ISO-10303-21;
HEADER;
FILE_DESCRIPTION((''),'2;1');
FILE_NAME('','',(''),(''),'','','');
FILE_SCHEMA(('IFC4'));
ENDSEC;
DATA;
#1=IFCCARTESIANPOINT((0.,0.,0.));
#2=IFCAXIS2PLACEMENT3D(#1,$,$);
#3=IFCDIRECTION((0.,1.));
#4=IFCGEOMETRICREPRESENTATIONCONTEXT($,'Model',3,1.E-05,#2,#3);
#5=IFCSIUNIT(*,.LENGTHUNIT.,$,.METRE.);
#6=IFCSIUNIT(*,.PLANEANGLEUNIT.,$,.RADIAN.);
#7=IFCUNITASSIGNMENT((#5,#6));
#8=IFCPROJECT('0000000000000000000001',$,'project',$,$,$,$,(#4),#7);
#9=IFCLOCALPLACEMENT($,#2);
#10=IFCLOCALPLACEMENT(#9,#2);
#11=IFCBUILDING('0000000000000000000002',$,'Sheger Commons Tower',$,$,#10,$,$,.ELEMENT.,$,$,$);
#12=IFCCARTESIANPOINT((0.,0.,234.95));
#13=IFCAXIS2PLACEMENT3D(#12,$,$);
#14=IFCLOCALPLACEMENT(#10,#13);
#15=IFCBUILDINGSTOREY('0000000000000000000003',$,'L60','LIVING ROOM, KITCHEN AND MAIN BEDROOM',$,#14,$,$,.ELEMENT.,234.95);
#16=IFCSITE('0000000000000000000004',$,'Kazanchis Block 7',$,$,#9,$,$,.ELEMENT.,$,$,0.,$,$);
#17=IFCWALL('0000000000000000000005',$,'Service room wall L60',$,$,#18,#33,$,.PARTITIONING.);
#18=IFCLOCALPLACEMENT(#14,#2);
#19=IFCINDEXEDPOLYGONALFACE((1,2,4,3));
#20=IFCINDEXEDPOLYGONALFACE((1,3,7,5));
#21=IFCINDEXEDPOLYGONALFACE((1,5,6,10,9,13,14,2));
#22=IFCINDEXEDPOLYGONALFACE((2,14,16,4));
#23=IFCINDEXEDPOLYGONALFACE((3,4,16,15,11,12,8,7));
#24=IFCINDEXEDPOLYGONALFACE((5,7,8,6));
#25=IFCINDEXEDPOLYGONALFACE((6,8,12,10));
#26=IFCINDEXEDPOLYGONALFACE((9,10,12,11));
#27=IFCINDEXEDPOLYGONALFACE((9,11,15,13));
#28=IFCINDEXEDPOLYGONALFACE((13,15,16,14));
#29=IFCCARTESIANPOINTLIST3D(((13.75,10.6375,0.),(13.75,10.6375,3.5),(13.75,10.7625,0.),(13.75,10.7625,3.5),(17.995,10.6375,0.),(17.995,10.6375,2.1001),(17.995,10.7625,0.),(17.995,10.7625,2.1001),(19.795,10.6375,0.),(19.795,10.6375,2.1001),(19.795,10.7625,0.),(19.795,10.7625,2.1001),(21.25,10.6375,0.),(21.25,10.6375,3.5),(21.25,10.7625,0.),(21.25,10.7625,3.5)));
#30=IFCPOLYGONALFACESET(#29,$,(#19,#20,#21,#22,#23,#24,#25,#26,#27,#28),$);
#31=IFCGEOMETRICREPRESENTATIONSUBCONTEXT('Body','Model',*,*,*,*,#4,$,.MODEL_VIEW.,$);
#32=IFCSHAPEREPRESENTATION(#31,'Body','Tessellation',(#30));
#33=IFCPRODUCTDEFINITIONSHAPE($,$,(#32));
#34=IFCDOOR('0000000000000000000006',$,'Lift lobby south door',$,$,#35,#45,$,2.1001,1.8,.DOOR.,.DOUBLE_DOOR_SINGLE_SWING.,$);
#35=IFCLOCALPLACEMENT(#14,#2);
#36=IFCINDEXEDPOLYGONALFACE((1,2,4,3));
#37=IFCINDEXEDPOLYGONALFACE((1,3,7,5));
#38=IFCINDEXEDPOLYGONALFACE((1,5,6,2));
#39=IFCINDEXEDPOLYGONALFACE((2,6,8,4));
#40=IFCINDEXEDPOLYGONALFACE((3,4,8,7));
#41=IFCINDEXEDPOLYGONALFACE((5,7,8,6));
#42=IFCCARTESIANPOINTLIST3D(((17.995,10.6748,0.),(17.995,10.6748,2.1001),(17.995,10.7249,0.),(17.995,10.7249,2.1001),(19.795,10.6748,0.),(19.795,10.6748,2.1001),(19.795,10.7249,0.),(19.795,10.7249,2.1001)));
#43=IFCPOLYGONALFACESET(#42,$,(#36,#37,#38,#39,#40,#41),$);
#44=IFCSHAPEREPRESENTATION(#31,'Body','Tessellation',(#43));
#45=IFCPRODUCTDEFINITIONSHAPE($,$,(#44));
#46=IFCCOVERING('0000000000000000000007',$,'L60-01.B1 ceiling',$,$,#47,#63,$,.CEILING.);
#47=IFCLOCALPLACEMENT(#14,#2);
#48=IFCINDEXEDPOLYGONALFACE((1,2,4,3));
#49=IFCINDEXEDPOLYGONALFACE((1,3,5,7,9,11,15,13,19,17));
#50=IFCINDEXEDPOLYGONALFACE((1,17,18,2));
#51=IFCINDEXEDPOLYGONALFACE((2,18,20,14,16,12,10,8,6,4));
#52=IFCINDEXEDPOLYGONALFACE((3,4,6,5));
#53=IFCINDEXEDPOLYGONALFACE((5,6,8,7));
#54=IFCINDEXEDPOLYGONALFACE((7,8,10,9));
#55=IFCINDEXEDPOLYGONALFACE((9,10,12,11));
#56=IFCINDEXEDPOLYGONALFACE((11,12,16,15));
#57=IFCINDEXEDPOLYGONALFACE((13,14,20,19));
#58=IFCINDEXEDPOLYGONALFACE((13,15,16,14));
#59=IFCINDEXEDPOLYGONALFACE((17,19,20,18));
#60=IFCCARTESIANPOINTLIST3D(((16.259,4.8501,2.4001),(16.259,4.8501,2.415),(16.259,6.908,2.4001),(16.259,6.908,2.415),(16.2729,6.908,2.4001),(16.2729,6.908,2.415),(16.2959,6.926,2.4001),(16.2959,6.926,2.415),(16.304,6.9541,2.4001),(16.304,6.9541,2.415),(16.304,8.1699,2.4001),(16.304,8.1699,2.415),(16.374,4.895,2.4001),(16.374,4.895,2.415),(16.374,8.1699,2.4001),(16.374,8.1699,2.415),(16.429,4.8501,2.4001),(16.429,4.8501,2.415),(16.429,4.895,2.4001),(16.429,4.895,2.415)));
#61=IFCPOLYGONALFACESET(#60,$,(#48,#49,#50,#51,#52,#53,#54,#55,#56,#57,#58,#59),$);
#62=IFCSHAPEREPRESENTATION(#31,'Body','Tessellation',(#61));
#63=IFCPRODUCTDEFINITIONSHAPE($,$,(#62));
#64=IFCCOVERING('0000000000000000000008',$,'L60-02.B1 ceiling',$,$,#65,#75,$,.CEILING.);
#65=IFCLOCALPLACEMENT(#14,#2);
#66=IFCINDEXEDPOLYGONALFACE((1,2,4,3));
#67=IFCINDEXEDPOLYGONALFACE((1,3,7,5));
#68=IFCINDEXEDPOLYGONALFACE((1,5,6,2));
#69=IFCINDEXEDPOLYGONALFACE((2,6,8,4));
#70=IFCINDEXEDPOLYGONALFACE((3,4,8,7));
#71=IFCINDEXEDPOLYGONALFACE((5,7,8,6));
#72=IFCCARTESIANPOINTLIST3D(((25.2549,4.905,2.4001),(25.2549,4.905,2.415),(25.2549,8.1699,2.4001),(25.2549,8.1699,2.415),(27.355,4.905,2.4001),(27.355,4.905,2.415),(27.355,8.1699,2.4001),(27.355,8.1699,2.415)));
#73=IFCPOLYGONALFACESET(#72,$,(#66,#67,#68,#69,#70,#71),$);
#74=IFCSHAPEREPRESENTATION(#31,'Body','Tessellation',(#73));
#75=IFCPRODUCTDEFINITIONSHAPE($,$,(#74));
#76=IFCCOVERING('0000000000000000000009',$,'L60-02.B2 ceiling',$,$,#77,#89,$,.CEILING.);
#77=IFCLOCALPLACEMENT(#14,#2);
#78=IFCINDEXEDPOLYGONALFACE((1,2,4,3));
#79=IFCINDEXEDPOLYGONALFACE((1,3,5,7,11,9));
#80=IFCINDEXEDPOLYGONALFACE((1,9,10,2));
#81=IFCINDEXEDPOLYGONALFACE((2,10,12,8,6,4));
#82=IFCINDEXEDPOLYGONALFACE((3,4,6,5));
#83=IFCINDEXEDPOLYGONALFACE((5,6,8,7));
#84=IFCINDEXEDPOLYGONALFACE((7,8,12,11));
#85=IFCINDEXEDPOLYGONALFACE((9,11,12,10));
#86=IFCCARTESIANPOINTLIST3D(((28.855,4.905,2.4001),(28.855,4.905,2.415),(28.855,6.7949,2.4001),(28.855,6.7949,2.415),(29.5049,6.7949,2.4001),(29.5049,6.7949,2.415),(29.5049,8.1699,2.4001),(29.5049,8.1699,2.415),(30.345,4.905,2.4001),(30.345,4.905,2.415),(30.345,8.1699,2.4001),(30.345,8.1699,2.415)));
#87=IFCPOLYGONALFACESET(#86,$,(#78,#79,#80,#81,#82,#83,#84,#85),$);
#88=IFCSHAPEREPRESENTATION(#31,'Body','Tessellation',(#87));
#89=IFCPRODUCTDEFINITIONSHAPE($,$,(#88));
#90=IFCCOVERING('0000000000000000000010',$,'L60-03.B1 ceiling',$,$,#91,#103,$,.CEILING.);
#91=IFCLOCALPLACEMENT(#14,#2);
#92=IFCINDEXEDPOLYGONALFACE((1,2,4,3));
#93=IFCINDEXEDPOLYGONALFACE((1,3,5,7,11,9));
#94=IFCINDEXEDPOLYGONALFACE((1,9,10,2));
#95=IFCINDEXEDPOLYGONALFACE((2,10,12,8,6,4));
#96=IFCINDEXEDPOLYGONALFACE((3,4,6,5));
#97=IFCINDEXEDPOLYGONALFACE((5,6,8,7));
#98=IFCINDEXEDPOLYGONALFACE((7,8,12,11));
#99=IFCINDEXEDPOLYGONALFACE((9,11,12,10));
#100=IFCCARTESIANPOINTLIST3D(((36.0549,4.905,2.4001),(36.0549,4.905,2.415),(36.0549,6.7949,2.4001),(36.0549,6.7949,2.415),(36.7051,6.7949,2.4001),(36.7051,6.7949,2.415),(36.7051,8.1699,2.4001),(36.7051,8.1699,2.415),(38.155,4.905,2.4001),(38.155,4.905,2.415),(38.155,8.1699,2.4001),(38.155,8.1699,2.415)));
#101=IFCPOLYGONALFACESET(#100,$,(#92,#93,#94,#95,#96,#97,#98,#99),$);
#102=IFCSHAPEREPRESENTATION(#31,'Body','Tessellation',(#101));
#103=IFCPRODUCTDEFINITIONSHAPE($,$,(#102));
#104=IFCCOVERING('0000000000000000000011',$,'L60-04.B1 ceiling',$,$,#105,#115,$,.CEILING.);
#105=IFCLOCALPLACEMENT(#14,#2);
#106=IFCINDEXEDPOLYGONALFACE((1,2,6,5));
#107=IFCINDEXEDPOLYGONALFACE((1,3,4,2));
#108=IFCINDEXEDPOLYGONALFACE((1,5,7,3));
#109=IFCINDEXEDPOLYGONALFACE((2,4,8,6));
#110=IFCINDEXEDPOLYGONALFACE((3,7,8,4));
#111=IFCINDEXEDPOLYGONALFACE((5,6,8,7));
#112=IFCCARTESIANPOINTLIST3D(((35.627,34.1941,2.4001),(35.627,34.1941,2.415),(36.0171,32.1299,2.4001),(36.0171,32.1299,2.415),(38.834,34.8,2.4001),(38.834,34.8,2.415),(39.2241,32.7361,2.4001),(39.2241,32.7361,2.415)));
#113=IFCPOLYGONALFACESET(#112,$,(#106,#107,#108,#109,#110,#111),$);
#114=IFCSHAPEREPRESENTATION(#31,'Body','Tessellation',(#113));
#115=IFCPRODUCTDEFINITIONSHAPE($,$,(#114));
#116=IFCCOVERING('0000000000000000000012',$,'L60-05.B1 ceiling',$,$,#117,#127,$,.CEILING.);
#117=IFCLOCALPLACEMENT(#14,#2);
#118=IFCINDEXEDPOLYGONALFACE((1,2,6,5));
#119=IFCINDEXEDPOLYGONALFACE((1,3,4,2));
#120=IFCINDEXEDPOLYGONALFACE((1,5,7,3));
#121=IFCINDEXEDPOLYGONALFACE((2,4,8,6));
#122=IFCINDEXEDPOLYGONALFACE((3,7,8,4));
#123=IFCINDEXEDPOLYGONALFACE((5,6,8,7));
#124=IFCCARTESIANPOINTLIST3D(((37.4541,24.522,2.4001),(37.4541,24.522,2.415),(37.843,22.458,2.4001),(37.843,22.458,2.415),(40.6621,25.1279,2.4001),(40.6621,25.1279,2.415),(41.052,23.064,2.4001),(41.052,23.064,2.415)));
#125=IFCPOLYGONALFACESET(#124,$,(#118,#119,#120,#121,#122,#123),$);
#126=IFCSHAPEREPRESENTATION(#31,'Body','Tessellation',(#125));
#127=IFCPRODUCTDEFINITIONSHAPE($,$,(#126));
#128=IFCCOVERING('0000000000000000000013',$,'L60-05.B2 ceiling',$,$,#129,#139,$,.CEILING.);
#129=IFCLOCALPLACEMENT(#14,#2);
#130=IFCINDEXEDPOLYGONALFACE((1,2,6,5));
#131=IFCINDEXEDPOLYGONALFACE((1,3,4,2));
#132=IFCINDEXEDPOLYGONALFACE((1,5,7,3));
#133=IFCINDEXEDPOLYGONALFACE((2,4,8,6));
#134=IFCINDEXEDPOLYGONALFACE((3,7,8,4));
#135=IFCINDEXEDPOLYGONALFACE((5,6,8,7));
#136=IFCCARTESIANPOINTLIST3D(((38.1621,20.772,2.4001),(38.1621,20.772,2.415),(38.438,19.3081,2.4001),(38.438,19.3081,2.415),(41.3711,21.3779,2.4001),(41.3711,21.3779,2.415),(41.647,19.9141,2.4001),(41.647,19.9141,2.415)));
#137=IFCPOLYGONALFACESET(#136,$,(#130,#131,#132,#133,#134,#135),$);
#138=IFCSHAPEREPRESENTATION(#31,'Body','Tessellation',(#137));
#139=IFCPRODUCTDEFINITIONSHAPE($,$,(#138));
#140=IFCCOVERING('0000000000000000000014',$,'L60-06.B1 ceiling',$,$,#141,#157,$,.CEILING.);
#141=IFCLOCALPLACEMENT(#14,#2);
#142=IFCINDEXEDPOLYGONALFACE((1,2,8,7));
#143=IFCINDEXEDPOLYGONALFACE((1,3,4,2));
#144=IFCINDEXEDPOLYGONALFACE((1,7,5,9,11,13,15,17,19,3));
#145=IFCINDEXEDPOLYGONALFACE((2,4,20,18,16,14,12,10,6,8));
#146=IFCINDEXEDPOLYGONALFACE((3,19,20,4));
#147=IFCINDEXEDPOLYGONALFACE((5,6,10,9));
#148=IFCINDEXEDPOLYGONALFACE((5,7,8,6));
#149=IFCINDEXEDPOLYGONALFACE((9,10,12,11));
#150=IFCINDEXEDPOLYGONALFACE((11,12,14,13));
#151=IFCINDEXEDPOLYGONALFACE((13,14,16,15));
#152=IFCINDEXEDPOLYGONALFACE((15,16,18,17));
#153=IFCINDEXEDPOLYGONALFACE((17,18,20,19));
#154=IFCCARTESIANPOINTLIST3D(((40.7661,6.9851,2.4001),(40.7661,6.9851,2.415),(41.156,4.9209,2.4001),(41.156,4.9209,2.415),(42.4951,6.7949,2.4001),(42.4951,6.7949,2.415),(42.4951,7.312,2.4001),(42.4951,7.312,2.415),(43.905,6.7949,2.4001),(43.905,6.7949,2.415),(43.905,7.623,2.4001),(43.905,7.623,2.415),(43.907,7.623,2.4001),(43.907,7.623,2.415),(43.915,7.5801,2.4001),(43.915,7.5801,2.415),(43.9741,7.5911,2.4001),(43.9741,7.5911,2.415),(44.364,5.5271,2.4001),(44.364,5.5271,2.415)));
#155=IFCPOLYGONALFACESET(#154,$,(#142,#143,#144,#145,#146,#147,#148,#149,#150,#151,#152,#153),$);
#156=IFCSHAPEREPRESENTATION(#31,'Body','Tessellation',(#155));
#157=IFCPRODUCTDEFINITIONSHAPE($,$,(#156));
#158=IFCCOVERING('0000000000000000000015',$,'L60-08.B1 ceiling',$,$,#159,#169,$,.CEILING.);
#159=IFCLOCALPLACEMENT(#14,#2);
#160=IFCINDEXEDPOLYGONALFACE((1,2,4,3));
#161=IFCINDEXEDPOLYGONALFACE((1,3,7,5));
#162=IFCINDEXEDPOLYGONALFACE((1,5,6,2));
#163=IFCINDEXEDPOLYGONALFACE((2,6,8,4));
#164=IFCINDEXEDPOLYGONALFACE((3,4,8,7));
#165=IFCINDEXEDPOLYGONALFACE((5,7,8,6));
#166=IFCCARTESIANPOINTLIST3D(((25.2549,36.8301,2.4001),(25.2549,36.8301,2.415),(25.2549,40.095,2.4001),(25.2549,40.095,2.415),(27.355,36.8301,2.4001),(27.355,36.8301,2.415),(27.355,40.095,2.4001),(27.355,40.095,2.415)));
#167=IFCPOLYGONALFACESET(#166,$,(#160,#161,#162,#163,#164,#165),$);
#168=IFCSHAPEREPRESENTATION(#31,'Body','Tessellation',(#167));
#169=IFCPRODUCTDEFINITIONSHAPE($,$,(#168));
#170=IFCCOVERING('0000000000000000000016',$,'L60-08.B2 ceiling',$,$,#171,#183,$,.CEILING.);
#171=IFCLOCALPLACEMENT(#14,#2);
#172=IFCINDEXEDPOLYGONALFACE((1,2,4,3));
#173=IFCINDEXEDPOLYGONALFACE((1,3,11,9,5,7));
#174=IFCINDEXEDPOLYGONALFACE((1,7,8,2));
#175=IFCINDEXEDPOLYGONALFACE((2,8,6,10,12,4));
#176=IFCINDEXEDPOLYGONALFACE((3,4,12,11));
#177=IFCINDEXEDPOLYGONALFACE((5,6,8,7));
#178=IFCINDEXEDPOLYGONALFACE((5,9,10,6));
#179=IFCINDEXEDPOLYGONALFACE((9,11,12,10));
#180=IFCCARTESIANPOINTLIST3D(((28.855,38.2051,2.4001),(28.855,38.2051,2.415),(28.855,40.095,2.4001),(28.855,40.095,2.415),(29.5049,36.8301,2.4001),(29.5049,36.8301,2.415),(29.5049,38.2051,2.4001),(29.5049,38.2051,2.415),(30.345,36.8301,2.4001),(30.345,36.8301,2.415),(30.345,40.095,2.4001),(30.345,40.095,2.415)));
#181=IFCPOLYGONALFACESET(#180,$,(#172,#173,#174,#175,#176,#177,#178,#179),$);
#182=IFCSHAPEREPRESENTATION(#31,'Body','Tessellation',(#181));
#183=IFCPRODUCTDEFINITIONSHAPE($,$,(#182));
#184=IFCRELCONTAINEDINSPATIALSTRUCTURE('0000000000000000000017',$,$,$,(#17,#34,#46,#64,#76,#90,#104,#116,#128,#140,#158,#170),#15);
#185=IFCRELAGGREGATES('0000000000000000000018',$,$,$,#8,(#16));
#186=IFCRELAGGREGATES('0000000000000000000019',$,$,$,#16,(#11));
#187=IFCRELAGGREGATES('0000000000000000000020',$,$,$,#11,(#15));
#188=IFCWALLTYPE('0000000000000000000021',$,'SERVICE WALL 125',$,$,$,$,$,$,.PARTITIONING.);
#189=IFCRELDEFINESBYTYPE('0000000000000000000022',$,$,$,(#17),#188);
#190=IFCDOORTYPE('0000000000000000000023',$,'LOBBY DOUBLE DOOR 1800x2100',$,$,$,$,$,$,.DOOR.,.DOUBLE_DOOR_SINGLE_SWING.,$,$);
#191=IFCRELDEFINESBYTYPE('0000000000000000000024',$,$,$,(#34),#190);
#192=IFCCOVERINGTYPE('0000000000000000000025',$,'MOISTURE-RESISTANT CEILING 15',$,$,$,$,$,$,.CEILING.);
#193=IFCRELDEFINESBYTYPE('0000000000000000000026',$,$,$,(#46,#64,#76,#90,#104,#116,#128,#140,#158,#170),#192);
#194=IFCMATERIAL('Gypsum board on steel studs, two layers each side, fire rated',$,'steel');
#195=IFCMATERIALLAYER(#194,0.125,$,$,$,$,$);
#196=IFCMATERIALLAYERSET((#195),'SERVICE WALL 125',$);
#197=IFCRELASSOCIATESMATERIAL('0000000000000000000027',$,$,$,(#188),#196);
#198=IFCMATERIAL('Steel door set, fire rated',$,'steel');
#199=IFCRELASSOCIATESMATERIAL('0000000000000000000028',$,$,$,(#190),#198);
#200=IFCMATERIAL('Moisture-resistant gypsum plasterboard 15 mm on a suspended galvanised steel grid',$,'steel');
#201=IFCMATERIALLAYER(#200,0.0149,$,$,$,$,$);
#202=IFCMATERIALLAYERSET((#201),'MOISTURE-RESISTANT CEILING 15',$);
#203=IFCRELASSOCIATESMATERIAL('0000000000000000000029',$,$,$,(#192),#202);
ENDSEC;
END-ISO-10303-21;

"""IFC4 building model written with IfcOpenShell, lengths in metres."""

from ifc_helpers import new_model, si_unit, direction, frame, frame_2d, origin, place, context, subcontext, project, spatial, polyline, rectangle, outline, extrude, material, layer, layer_set, type_object, element, fill, save


model = new_model("IFC4")

# Units and contexts
model_context = context("Model", 3, precision=1e-05, world=origin(), true_north=direction((0.0, 1.0)))
body_context = subcontext(model_context, "Body", "Model", "MODEL_VIEW")
ifc_project = project(units=[si_unit("LENGTHUNIT", "METRE"), si_unit("PLANEANGLEUNIT", "RADIAN")], contexts=[model_context])

# Site, building, storey
site_placement = place(None, origin())
site = spatial("IfcSite", under=ifc_project, at=site_placement, Name="Kazanchis Block 7", CompositionType="ELEMENT", RefElevation=0.0)
building_placement = place(site_placement, origin())
building = spatial("IfcBuilding", under=site, at=building_placement, Name="Sheger Commons Tower", CompositionType="ELEMENT")
storey_placement = place(building_placement, frame((0.0, 0.0, 234.95)))
storey = spatial("IfcBuildingStorey", under=building, at=storey_placement, Name="L60", Description="LIVING ROOM, KITCHEN AND MAIN BEDROOM", CompositionType="ELEMENT", Elevation=234.95)

# Wall, opening, door
ifc_material_1 = material(Name="Gypsum board on steel studs, two layers each side, fire rated", Category="steel")
ifc_layer_1 = layer(ifc_material_1, 0.125)
ifc_layer_set_1 = layer_set([ifc_layer_1], Name="SERVICE WALL 125")
wall_type_1 = type_object("IfcWallType", Name="SERVICE WALL 125", PredefinedType="PARTITIONING", material=ifc_layer_set_1)
wall_1_placement = place(storey_placement, frame((13.75, 10.7, 0.0), z_axis=(0.0, 0.0, 1.0), x_axis=(1.0, 0.0, 0.0)))
wall_1 = element("IfcWall", 1, at=wall_1_placement, inside=storey, type_object=wall_type_1, Name="Service room wall L60", PredefinedType="PARTITIONING", context=body_context, shape_type="SweptSolid", body=[
    extrude(rectangle(XDim=7.5, YDim=0.125, at=frame_2d((3.75, 0.0))), origin(), (0.0, 0.0, 1.0), 3.5),
])
opening_placement = place(wall_1_placement, frame((4.2451, 0.0, 0.0)))
opening = element("IfcOpeningElement", 2, at=opening_placement, cuts=wall_1, PredefinedType="OPENING", context=body_context, shape_type="SweptSolid", body=[
    extrude(rectangle(XDim=1.8, YDim=2.1001, at=frame_2d((0.8999, 1.05))), frame((0.0, 0.0725, 0.0), z_axis=(0.0, -1.0, 0.0), x_axis=(1.0, 0.0, 0.0)), (0.0, 0.0, 1.0), 0.145),
])
ifc_material_2 = material(Name="Steel door set, fire rated", Category="steel")
door_type = type_object("IfcDoorType", Name="LOBBY DOUBLE DOOR 1800x2100", OperationType="DOUBLE_DOOR_SINGLE_SWING", PredefinedType="DOOR", material=ifc_material_2)
door_placement = place(opening_placement, origin())
door = element("IfcDoor", 3, at=door_placement, inside=storey, type_object=door_type, Name="Lift lobby south door", OperationType="DOUBLE_DOOR_SINGLE_SWING", OverallHeight=2.1001, OverallWidth=1.8, PredefinedType="DOOR", context=body_context, shape_type="SweptSolid", body=[
    extrude(rectangle(XDim=1.8, YDim=2.1001, at=frame_2d((0.8999, 1.05))), frame((0.0, 0.0249, 0.0), z_axis=(0.0, -1.0, 0.0), x_axis=(1.0, 0.0, 0.0)), (0.0, 0.0, 1.0), 0.05),
])
fill(opening, door)

# Coverings
ifc_material_3 = material(Name="Moisture-resistant gypsum plasterboard 15 mm on a suspended galvanised steel grid", Category="steel")
ifc_layer_2 = layer(ifc_material_3, 0.0149)
ifc_layer_set_2 = layer_set([ifc_layer_2], Name="MOISTURE-RESISTANT CEILING 15")
covering_type_1 = type_object("IfcCoveringType", Name="MOISTURE-RESISTANT CEILING 15", PredefinedType="CEILING", material=ifc_layer_set_2)
covering_1_placement = place(storey_placement, frame((0.0, 0.0, 2.4001)))
element("IfcCovering", 4, at=covering_1_placement, inside=storey, type_object=covering_type_1, Name="L60-01.B1 ceiling", PredefinedType="CEILING", context=body_context, shape_type="SweptSolid", body=[
    extrude(outline(polyline([(16.259, 4.8501), (16.429, 4.8501), (16.429, 4.895), (16.374, 4.895), (16.374, 8.1699), (16.304, 8.1699), (16.304, 6.9541), (16.2959, 6.926), (16.2729, 6.908), (16.259, 6.908), (16.259, 4.8501)])), origin(), (0.0, 0.0, 1.0), 0.0149),
])
covering_2_placement = place(storey_placement, frame((0.0, 0.0, 2.4001)))
element("IfcCovering", 5, at=covering_2_placement, inside=storey, type_object=covering_type_1, Name="L60-02.B1 ceiling", PredefinedType="CEILING", context=body_context, shape_type="SweptSolid", body=[
    extrude(outline(polyline([(25.2549, 4.905), (27.355, 4.905), (27.355, 8.1699), (25.2549, 8.1699), (25.2549, 4.905)])), origin(), (0.0, 0.0, 1.0), 0.0149),
])
covering_3_placement = place(storey_placement, frame((0.0, 0.0, 2.4001)))
element("IfcCovering", 6, at=covering_3_placement, inside=storey, type_object=covering_type_1, Name="L60-02.B2 ceiling", PredefinedType="CEILING", context=body_context, shape_type="SweptSolid", body=[
    extrude(outline(polyline([(28.855, 4.905), (30.345, 4.905), (30.345, 8.1699), (29.5049, 8.1699), (29.5049, 6.7949), (28.855, 6.7949), (28.855, 4.905)])), origin(), (0.0, 0.0, 1.0), 0.0149),
])
covering_4_placement = place(storey_placement, frame((0.0, 0.0, 2.4001)))
element("IfcCovering", 7, at=covering_4_placement, inside=storey, type_object=covering_type_1, Name="L60-03.B1 ceiling", PredefinedType="CEILING", context=body_context, shape_type="SweptSolid", body=[
    extrude(outline(polyline([(36.0549, 4.905), (38.155, 4.905), (38.155, 8.1699), (36.7051, 8.1699), (36.7051, 6.7949), (36.0549, 6.7949), (36.0549, 4.905)])), origin(), (0.0, 0.0, 1.0), 0.0149),
])
covering_5_placement = place(storey_placement, frame((0.0, 0.0, 2.4001)))
element("IfcCovering", 8, at=covering_5_placement, inside=storey, type_object=covering_type_1, Name="L60-04.B1 ceiling", PredefinedType="CEILING", context=body_context, shape_type="SweptSolid", body=[
    extrude(outline(polyline([(36.0171, 32.1299), (39.2241, 32.7361), (38.834, 34.8), (35.627, 34.1941), (36.0171, 32.1299)])), origin(), (0.0, 0.0, 1.0), 0.0149),
])
covering_6_placement = place(storey_placement, frame((0.0, 0.0, 2.4001)))
element("IfcCovering", 9, at=covering_6_placement, inside=storey, type_object=covering_type_1, Name="L60-05.B1 ceiling", PredefinedType="CEILING", context=body_context, shape_type="SweptSolid", body=[
    extrude(outline(polyline([(37.843, 22.458), (41.052, 23.064), (40.6621, 25.1279), (37.4541, 24.522), (37.843, 22.458)])), origin(), (0.0, 0.0, 1.0), 0.0149),
])
covering_7_placement = place(storey_placement, frame((0.0, 0.0, 2.4001)))
element("IfcCovering", 10, at=covering_7_placement, inside=storey, type_object=covering_type_1, Name="L60-05.B2 ceiling", PredefinedType="CEILING", context=body_context, shape_type="SweptSolid", body=[
    extrude(outline(polyline([(38.438, 19.3081), (41.647, 19.9141), (41.3711, 21.3779), (38.1621, 20.772), (38.438, 19.3081)])), origin(), (0.0, 0.0, 1.0), 0.0149),
])
covering_8_placement = place(storey_placement, frame((0.0, 0.0, 2.4001)))
element("IfcCovering", 11, at=covering_8_placement, inside=storey, type_object=covering_type_1, Name="L60-06.B1 ceiling", PredefinedType="CEILING", context=body_context, shape_type="SweptSolid", body=[
    extrude(outline(polyline([(41.156, 4.9209), (44.364, 5.5271), (43.9741, 7.5911), (43.915, 7.5801), (43.907, 7.623), (43.905, 7.623), (43.905, 6.7949), (42.4951, 6.7949), (42.4951, 7.312), (40.7661, 6.9851), (41.156, 4.9209)])), origin(), (0.0, 0.0, 1.0), 0.0149),
])
covering_9_placement = place(storey_placement, frame((0.0, 0.0, 2.4001)))
element("IfcCovering", 12, at=covering_9_placement, inside=storey, type_object=covering_type_1, Name="L60-08.B1 ceiling", PredefinedType="CEILING", context=body_context, shape_type="SweptSolid", body=[
    extrude(outline(polyline([(25.2549, 36.8301), (27.355, 36.8301), (27.355, 40.095), (25.2549, 40.095), (25.2549, 36.8301)])), origin(), (0.0, 0.0, 1.0), 0.0149),
])
covering_10_placement = place(storey_placement, frame((0.0, 0.0, 2.4001)))
element("IfcCovering", 13, at=covering_10_placement, inside=storey, type_object=covering_type_1, Name="L60-08.B2 ceiling", PredefinedType="CEILING", context=body_context, shape_type="SweptSolid", body=[
    extrude(outline(polyline([(29.5049, 36.8301), (30.345, 36.8301), (30.345, 40.095), (28.855, 40.095), (28.855, 38.2051), (29.5049, 38.2051), (29.5049, 36.8301)])), origin(), (0.0, 0.0, 1.0), 0.0149),
])

save(model, "model.ifc")
